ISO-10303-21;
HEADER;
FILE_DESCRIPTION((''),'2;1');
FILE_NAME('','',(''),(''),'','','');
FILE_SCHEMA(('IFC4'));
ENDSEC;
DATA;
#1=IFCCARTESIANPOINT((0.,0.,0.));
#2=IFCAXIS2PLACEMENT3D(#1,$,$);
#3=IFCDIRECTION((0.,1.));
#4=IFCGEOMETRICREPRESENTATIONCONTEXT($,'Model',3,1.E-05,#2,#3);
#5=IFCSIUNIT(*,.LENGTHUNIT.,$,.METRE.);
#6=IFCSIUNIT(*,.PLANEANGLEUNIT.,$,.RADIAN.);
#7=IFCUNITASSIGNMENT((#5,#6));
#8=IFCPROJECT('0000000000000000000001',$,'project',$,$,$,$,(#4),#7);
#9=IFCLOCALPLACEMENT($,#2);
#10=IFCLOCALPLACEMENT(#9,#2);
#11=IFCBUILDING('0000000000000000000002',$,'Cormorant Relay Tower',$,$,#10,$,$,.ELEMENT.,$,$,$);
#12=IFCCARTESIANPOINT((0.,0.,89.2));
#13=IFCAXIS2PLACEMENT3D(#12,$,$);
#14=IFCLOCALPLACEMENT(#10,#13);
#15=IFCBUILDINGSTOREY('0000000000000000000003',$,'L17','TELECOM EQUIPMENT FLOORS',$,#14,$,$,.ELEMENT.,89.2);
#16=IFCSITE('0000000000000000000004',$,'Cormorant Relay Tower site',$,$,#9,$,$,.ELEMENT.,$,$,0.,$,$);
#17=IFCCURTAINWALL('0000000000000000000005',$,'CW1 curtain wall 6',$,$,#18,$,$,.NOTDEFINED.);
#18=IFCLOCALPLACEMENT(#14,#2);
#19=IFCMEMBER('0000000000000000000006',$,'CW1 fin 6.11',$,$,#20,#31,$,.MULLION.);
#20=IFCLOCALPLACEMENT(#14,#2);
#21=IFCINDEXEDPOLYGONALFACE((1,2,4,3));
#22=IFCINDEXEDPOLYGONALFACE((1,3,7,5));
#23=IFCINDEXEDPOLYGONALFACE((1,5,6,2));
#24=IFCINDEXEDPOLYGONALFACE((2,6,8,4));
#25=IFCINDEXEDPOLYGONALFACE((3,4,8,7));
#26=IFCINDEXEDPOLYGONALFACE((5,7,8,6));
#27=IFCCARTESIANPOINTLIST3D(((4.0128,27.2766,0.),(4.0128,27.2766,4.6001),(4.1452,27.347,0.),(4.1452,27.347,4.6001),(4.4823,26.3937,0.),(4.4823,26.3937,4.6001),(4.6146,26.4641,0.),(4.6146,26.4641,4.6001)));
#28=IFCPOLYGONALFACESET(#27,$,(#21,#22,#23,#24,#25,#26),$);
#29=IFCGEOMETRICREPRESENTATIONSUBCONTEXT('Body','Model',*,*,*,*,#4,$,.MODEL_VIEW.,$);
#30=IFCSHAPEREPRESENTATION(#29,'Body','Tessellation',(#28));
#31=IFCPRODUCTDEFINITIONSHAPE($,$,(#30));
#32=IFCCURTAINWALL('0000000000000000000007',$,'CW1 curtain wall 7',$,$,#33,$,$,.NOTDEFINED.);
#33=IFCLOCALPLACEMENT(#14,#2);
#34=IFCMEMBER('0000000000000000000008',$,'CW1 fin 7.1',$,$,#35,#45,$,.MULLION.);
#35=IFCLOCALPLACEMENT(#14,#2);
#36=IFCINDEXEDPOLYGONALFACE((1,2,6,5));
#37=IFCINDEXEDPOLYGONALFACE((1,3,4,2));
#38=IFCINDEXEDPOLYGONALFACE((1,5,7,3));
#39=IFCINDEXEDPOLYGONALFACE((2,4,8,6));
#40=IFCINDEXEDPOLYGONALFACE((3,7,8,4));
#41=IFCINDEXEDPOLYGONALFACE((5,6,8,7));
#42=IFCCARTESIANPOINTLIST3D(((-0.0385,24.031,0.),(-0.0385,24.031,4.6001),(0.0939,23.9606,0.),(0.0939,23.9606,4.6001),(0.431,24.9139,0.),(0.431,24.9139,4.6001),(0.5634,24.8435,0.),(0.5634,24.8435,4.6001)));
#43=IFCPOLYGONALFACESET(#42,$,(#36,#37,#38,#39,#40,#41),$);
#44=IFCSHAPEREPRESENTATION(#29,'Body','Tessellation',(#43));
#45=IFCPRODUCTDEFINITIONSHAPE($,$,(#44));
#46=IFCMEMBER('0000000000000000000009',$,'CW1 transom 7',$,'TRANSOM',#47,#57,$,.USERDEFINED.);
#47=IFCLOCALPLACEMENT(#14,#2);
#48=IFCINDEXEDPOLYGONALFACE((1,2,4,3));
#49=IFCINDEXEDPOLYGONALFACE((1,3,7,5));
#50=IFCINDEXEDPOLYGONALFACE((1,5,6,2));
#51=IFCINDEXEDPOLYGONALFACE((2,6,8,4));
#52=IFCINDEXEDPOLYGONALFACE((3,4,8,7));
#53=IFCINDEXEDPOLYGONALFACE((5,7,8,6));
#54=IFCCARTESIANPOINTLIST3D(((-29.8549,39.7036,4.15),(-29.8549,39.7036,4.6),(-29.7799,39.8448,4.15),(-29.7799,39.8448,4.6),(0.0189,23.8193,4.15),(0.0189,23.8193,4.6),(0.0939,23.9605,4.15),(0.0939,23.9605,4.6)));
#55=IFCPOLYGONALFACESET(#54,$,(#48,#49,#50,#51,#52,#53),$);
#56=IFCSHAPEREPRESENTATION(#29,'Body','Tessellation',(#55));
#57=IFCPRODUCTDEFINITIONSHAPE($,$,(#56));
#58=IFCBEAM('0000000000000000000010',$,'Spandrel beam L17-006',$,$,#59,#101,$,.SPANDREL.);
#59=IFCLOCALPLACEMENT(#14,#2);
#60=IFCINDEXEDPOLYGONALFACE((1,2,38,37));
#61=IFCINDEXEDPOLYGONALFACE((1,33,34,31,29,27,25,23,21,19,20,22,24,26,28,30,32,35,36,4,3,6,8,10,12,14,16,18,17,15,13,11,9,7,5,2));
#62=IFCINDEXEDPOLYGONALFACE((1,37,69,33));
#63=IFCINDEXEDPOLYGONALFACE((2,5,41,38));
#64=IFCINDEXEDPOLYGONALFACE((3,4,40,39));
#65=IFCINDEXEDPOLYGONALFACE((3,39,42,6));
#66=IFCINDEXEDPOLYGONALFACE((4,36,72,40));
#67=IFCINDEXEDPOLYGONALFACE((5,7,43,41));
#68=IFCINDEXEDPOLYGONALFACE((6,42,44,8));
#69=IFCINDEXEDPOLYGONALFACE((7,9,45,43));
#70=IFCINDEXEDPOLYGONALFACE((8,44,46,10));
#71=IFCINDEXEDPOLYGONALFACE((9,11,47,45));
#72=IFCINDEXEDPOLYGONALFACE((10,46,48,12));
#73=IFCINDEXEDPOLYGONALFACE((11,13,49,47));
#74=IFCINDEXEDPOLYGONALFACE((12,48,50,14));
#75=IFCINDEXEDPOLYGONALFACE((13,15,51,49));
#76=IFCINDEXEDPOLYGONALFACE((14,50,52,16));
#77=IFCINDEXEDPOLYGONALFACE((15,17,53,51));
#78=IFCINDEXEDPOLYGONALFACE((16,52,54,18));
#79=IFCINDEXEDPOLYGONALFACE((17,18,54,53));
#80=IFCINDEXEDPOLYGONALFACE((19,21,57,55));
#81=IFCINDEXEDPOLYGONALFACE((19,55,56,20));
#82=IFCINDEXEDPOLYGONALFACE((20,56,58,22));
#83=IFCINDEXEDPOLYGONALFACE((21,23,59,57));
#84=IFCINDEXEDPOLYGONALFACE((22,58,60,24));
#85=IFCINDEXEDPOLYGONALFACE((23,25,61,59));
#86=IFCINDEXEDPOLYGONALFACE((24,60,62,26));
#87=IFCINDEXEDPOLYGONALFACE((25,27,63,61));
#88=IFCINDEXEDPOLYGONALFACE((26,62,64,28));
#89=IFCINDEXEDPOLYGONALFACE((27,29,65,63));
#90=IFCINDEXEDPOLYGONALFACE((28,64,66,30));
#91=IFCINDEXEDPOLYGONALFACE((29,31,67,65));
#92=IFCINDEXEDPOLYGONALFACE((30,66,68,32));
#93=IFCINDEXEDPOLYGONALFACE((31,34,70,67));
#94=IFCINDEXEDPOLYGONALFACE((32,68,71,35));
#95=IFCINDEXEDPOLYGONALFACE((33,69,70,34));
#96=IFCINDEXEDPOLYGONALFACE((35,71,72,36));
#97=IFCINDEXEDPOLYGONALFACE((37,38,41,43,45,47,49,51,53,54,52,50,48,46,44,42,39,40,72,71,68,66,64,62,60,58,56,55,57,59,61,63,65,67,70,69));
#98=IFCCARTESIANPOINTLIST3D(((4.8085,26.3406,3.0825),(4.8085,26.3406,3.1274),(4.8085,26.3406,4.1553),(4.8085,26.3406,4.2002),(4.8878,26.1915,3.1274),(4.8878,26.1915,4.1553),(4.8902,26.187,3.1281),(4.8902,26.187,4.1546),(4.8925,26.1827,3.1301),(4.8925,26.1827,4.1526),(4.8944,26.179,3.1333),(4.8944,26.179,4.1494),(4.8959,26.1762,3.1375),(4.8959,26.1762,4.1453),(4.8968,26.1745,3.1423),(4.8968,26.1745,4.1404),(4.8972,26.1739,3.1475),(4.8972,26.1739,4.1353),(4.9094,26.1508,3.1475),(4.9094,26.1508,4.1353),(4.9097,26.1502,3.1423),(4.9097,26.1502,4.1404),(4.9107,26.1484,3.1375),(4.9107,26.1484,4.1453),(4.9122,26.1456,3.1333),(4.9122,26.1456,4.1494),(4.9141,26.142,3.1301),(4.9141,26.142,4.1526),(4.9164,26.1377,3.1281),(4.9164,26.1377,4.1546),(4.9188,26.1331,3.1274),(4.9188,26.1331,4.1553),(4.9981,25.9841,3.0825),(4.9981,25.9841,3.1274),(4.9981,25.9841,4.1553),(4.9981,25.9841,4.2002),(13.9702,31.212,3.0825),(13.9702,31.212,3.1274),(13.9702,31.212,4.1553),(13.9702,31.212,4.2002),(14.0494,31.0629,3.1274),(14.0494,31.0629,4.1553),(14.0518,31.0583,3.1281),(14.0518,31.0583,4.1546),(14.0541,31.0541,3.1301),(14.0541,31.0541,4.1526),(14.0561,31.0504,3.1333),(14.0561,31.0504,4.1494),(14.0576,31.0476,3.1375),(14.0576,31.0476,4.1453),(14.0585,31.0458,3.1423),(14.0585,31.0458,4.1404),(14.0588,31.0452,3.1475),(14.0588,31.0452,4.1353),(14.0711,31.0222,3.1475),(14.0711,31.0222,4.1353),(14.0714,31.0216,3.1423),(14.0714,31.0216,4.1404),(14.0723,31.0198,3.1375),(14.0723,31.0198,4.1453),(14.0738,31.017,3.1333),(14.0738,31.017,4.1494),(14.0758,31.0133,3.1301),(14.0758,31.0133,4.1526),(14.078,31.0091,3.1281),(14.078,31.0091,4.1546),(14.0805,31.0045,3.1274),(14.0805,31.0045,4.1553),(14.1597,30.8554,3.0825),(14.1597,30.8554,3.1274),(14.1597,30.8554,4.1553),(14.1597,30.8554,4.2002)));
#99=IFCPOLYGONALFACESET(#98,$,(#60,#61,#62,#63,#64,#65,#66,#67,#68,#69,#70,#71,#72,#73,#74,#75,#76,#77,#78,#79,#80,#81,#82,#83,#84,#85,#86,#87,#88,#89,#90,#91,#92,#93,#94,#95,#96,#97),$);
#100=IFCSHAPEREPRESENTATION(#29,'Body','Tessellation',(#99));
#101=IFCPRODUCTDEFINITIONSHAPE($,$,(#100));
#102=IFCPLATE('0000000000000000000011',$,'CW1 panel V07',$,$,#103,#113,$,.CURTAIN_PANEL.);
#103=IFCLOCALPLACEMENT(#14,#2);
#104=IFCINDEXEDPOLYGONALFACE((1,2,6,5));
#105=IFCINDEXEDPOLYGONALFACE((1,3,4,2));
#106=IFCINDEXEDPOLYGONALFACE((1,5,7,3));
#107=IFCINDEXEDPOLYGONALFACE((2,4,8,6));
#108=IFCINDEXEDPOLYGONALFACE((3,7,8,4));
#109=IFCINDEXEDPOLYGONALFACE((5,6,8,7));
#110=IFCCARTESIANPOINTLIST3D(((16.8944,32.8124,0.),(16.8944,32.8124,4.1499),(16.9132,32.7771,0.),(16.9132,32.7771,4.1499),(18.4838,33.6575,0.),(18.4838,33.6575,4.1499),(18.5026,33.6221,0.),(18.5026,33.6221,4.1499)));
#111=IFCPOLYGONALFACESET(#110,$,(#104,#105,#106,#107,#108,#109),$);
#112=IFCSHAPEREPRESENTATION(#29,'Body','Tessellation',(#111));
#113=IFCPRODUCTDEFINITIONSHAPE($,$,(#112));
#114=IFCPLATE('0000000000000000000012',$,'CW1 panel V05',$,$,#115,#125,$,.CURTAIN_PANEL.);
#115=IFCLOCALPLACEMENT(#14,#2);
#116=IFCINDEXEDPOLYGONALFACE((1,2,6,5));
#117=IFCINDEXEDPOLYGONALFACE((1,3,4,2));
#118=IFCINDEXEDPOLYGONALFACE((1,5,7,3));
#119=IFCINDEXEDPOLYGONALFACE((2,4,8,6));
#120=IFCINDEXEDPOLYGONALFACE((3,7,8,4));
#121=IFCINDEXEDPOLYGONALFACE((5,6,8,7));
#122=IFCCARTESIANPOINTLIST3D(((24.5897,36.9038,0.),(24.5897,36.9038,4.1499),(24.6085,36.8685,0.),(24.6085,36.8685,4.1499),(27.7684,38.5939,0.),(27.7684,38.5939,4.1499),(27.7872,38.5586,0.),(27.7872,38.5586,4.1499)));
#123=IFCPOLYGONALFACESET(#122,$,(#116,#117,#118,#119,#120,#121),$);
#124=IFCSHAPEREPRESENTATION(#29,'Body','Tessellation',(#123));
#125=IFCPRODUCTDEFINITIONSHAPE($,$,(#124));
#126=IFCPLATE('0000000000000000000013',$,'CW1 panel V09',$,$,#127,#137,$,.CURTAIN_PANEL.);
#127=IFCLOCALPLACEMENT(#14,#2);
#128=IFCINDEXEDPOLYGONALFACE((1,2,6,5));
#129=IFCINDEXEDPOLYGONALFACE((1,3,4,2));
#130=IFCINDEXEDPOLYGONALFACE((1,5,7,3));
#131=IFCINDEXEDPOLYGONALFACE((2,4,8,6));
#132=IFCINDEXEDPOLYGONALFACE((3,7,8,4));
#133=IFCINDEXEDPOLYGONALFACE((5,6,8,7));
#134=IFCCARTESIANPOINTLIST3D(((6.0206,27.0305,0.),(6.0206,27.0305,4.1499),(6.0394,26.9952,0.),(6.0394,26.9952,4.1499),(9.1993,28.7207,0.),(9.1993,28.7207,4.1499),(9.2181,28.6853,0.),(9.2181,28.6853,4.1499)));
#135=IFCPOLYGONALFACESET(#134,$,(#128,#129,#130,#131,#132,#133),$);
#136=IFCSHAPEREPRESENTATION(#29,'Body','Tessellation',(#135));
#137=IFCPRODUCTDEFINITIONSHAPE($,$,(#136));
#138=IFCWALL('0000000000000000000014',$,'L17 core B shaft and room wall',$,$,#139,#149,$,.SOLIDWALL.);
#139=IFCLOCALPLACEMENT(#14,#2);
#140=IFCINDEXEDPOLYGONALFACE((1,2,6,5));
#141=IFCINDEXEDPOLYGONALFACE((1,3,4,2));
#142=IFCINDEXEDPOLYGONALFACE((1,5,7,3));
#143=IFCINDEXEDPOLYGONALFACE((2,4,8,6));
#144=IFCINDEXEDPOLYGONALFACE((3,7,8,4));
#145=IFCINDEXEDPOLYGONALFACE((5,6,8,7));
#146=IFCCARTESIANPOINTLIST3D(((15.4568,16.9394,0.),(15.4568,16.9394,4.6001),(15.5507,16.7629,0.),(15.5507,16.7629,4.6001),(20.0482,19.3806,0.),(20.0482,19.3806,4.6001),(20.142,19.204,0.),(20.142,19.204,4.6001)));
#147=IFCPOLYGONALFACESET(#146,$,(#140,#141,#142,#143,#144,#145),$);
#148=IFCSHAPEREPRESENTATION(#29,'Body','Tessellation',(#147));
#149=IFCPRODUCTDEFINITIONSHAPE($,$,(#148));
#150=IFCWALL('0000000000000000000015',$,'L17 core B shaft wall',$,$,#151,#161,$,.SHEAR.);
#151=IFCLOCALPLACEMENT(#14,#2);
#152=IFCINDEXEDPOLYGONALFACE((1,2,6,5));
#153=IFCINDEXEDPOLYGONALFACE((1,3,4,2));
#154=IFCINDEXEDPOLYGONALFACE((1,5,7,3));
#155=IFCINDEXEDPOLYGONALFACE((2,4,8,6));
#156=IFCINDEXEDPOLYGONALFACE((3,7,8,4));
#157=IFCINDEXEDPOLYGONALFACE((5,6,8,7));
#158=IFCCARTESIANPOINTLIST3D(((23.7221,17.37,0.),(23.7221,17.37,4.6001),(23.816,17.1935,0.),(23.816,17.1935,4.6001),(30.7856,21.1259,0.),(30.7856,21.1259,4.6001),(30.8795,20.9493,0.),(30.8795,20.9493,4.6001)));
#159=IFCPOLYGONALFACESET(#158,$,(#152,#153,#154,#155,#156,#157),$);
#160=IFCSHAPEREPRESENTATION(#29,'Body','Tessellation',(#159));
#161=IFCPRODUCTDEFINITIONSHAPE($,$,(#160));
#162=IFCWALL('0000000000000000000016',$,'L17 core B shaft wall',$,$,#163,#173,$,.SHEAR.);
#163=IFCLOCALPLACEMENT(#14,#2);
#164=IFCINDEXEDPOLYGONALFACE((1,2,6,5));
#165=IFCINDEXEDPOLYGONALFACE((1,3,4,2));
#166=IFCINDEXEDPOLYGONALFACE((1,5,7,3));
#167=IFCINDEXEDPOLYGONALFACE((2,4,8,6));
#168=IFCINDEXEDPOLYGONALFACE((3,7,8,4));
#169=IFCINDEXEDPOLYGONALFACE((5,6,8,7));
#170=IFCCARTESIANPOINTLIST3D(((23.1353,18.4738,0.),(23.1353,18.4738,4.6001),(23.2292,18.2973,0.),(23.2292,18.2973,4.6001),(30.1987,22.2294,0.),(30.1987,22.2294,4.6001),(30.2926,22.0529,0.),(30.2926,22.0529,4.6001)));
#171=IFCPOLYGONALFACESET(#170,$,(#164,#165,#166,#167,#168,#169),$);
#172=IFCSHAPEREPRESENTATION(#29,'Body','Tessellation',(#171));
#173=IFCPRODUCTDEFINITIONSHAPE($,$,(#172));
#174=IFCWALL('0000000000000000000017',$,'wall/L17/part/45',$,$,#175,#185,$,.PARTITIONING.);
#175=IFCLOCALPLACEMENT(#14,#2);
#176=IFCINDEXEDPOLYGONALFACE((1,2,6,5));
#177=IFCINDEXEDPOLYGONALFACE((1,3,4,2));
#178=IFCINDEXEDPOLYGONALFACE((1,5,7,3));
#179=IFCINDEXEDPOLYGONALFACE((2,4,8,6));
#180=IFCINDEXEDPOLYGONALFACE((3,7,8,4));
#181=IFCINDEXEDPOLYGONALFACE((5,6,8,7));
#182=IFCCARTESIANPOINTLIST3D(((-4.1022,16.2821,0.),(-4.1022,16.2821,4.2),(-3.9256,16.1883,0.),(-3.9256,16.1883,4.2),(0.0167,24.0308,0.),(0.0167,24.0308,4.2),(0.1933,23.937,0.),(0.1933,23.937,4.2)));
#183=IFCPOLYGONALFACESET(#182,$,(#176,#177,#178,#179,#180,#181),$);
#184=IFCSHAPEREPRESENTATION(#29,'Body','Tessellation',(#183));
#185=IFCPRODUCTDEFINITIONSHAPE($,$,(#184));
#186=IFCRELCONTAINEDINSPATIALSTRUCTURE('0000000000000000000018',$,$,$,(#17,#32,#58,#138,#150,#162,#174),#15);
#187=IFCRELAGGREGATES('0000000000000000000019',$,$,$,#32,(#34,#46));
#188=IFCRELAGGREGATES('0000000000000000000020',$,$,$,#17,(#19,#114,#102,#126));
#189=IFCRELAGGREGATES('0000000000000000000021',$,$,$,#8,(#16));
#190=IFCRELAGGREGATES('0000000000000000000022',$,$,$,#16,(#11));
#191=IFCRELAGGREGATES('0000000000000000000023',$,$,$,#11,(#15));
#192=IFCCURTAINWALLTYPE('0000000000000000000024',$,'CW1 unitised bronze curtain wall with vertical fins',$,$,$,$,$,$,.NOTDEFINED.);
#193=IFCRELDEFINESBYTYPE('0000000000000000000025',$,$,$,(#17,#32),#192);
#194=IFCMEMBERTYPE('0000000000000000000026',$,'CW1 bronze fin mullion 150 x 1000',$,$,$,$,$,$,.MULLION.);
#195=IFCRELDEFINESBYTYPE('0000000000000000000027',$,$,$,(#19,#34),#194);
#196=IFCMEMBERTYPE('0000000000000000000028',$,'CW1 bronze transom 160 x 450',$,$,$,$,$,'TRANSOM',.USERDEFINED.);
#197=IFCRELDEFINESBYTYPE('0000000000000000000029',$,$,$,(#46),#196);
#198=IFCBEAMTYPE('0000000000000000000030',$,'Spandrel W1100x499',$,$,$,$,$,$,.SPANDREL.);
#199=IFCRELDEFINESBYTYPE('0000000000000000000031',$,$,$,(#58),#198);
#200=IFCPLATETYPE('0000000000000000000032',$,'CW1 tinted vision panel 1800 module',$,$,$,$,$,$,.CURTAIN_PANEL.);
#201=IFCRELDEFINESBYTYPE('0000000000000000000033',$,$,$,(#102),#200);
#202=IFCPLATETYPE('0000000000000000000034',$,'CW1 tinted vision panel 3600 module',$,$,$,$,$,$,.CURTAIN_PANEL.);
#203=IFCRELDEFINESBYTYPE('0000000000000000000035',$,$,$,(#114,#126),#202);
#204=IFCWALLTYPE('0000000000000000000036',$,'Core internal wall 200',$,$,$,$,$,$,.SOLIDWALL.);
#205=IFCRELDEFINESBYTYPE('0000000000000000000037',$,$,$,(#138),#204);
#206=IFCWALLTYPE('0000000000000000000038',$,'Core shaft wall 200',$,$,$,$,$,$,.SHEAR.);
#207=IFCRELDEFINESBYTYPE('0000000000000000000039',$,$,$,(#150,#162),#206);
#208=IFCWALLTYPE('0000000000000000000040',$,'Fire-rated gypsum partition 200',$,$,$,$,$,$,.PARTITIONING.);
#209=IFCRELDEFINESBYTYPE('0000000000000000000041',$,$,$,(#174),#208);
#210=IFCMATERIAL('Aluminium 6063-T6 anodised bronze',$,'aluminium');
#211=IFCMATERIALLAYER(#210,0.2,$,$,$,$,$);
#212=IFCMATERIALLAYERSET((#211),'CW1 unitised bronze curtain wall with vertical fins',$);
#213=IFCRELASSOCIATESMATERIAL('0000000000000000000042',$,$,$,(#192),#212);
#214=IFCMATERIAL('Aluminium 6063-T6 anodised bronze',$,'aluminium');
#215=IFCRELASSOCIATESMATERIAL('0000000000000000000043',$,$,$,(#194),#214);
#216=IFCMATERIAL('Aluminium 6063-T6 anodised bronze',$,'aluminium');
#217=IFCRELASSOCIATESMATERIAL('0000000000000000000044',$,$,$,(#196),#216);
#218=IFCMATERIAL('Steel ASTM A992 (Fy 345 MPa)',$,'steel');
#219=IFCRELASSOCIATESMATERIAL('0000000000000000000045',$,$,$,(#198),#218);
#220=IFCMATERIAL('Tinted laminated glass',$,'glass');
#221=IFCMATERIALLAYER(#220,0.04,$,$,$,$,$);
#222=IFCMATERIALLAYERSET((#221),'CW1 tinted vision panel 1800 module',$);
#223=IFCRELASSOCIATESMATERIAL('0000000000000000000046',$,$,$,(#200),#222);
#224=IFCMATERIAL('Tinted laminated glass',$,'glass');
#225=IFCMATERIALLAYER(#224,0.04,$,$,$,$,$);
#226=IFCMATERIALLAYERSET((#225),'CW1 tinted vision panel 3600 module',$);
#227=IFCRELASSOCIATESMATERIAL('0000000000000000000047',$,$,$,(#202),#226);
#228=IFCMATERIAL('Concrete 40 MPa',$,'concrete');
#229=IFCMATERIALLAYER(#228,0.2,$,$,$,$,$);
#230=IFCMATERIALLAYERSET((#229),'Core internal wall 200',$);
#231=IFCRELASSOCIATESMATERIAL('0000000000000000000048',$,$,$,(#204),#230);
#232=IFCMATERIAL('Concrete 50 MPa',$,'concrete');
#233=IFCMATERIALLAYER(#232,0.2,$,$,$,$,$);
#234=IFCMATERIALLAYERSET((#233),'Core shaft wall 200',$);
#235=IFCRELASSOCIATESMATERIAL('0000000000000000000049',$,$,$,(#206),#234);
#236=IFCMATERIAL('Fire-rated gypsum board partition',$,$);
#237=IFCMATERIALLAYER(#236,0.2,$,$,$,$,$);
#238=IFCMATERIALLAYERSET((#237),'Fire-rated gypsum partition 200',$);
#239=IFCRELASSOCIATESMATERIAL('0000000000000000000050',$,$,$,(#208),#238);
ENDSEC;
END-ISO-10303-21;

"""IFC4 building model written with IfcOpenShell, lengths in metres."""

from ifc_helpers import new_model, si_unit, direction, frame, frame_2d, origin, origin_2d, place, context, subcontext, project, spatial, rectangle, i_section, extrude, material, layer, layer_set, material_profile, profile_set, type_object, element, aggregate, save


model = new_model("IFC4")

# Units and contexts
model_context = context("Model", 3, precision=1e-05, world=origin(), true_north=direction((0.0, 1.0)))
body_context = subcontext(model_context, "Body", "Model", "MODEL_VIEW")
ifc_project = project(units=[si_unit("LENGTHUNIT", "METRE"), si_unit("PLANEANGLEUNIT", "RADIAN")], contexts=[model_context])

# Site, building, storey
site_placement = place(None, origin())
site = spatial("IfcSite", under=ifc_project, at=site_placement, Name="Cormorant Relay Tower site", CompositionType="ELEMENT", RefElevation=0.0)
building_placement = place(site_placement, origin())
building = spatial("IfcBuilding", under=site, at=building_placement, Name="Cormorant Relay Tower", CompositionType="ELEMENT")
storey_placement = place(building_placement, frame((0.0, 0.0, 89.2)))
storey = spatial("IfcBuildingStorey", under=building, at=storey_placement, Name="L17", Description="TELECOM EQUIPMENT FLOORS", CompositionType="ELEMENT", Elevation=89.2)

# Curtain walls, members
ifc_material_1 = material(Name="Aluminium 6063-T6 anodised bronze", Category="aluminium")
ifc_layer_1 = layer(ifc_material_1, 0.2)
ifc_layer_set_1 = layer_set([ifc_layer_1], Name="CW1 unitised bronze curtain wall with vertical fins")
curtain_wall_type = type_object("IfcCurtainWallType", Name="CW1 unitised bronze curtain wall with vertical fins", PredefinedType="NOTDEFINED", material=ifc_layer_set_1)
curtain_wall_1_placement = place(storey_placement, origin())
curtain_wall_1 = element("IfcCurtainWall", 1, at=curtain_wall_1_placement, inside=storey, type_object=curtain_wall_type, Name="CW1 curtain wall 6", PredefinedType="NOTDEFINED")
ifc_material_2 = material(Name="Aluminium 6063-T6 anodised bronze", Category="aluminium")
ifc_material_profile_1 = material_profile(ifc_material_2, rectangle(XDim=0.1499, YDim=1.0, at=origin_2d()), Name="AL 150x1000")
ifc_profile_set_1 = profile_set([ifc_material_profile_1], Name="Aluminium 6063-T6 anodised bronze")
member_type_1 = type_object("IfcMemberType", Name="CW1 bronze fin mullion 150 x 1000", PredefinedType="MULLION", material=ifc_profile_set_1)
member_1_placement = place(storey_placement, frame((4.3137, 26.8704, 0.0), z_axis=(0.0, 0.0, 1.0), x_axis=(-0.882948, -0.469472, 0.0)))
member_1 = element("IfcMember", 2, at=member_1_placement, type_object=member_type_1, Name="CW1 fin 6.11", PredefinedType="MULLION", context=body_context, shape_type="SweptSolid", body=[
    extrude(rectangle(XDim=0.1499, YDim=1.0, at=origin_2d()), origin(), (0.0, 0.0, 1.0), 4.6001),
])
curtain_wall_2_placement = place(storey_placement, origin())
curtain_wall_2 = element("IfcCurtainWall", 3, at=curtain_wall_2_placement, inside=storey, type_object=curtain_wall_type, Name="CW1 curtain wall 7", PredefinedType="NOTDEFINED")
member_2_placement = place(storey_placement, frame((0.2625, 24.4373, 0.0), z_axis=(0.0, 0.0, 1.0), x_axis=(-0.882948, 0.469472, 0.0)))
member_2 = element("IfcMember", 4, at=member_2_placement, type_object=member_type_1, Name="CW1 fin 7.1", PredefinedType="MULLION", context=body_context, shape_type="SweptSolid", body=[
    extrude(rectangle(XDim=0.1499, YDim=1.0, at=origin_2d()), origin(), (0.0, 0.0, 1.0), 4.6001),
])
ifc_material_3 = material(Name="Aluminium 6063-T6 anodised bronze", Category="aluminium")
ifc_material_profile_2 = material_profile(ifc_material_3, rectangle(XDim=0.1599, YDim=0.45, at=origin_2d()), Name="AL 160x450")
ifc_profile_set_2 = profile_set([ifc_material_profile_2], Name="Aluminium 6063-T6 anodised bronze")
member_type_2 = type_object("IfcMemberType", Name="CW1 bronze transom 160 x 450", ElementType="TRANSOM", PredefinedType="USERDEFINED", material=ifc_profile_set_2)
member_3_placement = place(storey_placement, frame((0.0564, 23.8899, 4.375), z_axis=(-0.882946, 0.469474, 0.0), x_axis=(-0.469474, -0.882946, 0.0)))
member_3 = element("IfcMember", 5, at=member_3_placement, type_object=member_type_2, Name="CW1 transom 7", ObjectType="TRANSOM", PredefinedType="USERDEFINED", context=body_context, shape_type="SweptSolid", body=[
    extrude(rectangle(XDim=0.1599, YDim=0.45, at=origin_2d()), origin(), (0.0, 0.0, 1.0), 33.8342),
])
aggregate(curtain_wall_2, [member_2, member_3])

# Beam
ifc_material_4 = material(Name="Steel ASTM A992 (Fy 345 MPa)", Category="steel")
ifc_material_profile_3 = material_profile(ifc_material_4, i_section(OverallWidth=0.4038, OverallDepth=1.1177, WebThickness=0.0261, FlangeThickness=0.0449, FilletRadius=0.02, at=origin_2d()), Name="W1100x499")
ifc_profile_set_3 = profile_set([ifc_material_profile_3], Name="Steel ASTM A992 (Fy 345 MPa)")
beam_type = type_object("IfcBeamType", Name="Spandrel W1100x499", PredefinedType="SPANDREL", material=ifc_profile_set_3)
beam_placement = place(storey_placement, frame((14.0649, 31.0337, 3.6414), z_axis=(-0.882947, -0.469473, 0.0), x_axis=(0.469473, -0.882947, 0.0)))
element("IfcBeam", 6, at=beam_placement, inside=storey, type_object=beam_type, Name="Spandrel beam L17-006", PredefinedType="SPANDREL", context=body_context, shape_type="SweptSolid", body=[
    extrude(i_section(OverallWidth=0.4038, OverallDepth=1.1177, WebThickness=0.0261, FlangeThickness=0.0449, FilletRadius=0.02, at=origin_2d()), origin(), (0.0, 0.0, 1.0), 10.3762),
])

# Plates
ifc_material_5 = material(Name="Tinted laminated glass", Category="glass")
ifc_layer_2 = layer(ifc_material_5, 0.04)
ifc_layer_set_2 = layer_set([ifc_layer_2], Name="CW1 tinted vision panel 1800 module")
plate_type_1 = type_object("IfcPlateType", Name="CW1 tinted vision panel 1800 module", PredefinedType="CURTAIN_PANEL", material=ifc_layer_set_2)
plate_1_placement = place(storey_placement, frame((17.6985, 33.2173, 0.0), z_axis=(0.0, 0.0, 1.0), x_axis=(-0.882948, -0.469472, 0.0)))
plate_1 = element("IfcPlate", 7, at=plate_1_placement, type_object=plate_type_1, Name="CW1 panel V07", PredefinedType="CURTAIN_PANEL", context=body_context, shape_type="SweptSolid", body=[
    extrude(rectangle(XDim=1.8, YDim=0.04, at=origin_2d()), origin(), (0.0, 0.0, 1.0), 4.1499),
])
ifc_material_6 = material(Name="Tinted laminated glass", Category="glass")
ifc_layer_3 = layer(ifc_material_6, 0.04)
ifc_layer_set_3 = layer_set([ifc_layer_3], Name="CW1 tinted vision panel 3600 module")
plate_type_2 = type_object("IfcPlateType", Name="CW1 tinted vision panel 3600 module", PredefinedType="CURTAIN_PANEL", material=ifc_layer_set_3)
plate_2_placement = place(storey_placement, frame((26.1885, 37.7312, 0.0), z_axis=(0.0, 0.0, 1.0), x_axis=(-0.882948, -0.469472, 0.0)))
plate_2 = element("IfcPlate", 8, at=plate_2_placement, type_object=plate_type_2, Name="CW1 panel V05", PredefinedType="CURTAIN_PANEL", context=body_context, shape_type="SweptSolid", body=[
    extrude(rectangle(XDim=3.6001, YDim=0.04, at=origin_2d()), origin(), (0.0, 0.0, 1.0), 4.1499),
])
plate_3_placement = place(storey_placement, frame((7.6194, 27.8579, 0.0), z_axis=(0.0, 0.0, 1.0), x_axis=(-0.882948, -0.469472, 0.0)))
plate_3 = element("IfcPlate", 9, at=plate_3_placement, type_object=plate_type_2, Name="CW1 panel V09", PredefinedType="CURTAIN_PANEL", context=body_context, shape_type="SweptSolid", body=[
    extrude(rectangle(XDim=3.6001, YDim=0.04, at=origin_2d()), origin(), (0.0, 0.0, 1.0), 4.1499),
])

# Walls
ifc_material_7 = material(Name="Concrete 40 MPa", Category="concrete")
ifc_layer_4 = layer(ifc_material_7, 0.2)
ifc_layer_set_4 = layer_set([ifc_layer_4], Name="Core internal wall 200")
wall_type_1 = type_object("IfcWallType", Name="Core internal wall 200", PredefinedType="SOLIDWALL", material=ifc_layer_set_4)
wall_1_placement = place(storey_placement, frame((15.5037, 16.8511, 0.0), z_axis=(0.0, 0.0, 1.0), x_axis=(0.882954, 0.46946, 0.0)))
element("IfcWall", 10, at=wall_1_placement, inside=storey, type_object=wall_type_1, Name="L17 core B shaft and room wall", PredefinedType="SOLIDWALL", context=body_context, shape_type="SweptSolid", body=[
    extrude(rectangle(XDim=5.2, YDim=0.2, at=frame_2d((2.6001, 0.0))), origin(), (0.0, 0.0, 1.0), 4.6001),
])
ifc_material_8 = material(Name="Concrete 50 MPa", Category="concrete")
ifc_layer_5 = layer(ifc_material_8, 0.2)
ifc_layer_set_5 = layer_set([ifc_layer_5], Name="Core shaft wall 200")
wall_type_2 = type_object("IfcWallType", Name="Core shaft wall 200", PredefinedType="SHEAR", material=ifc_layer_set_5)
wall_2_placement = place(storey_placement, frame((23.769, 17.2817, 0.0), z_axis=(0.0, 0.0, 1.0), x_axis=(0.88294, 0.469485, 0.0)))
element("IfcWall", 11, at=wall_2_placement, inside=storey, type_object=wall_type_2, Name="L17 core B shaft wall", PredefinedType="SHEAR", context=body_context, shape_type="SweptSolid", body=[
    extrude(rectangle(XDim=8.0, YDim=0.2, at=frame_2d((4.0, 0.0))), origin(), (0.0, 0.0, 1.0), 4.6001),
])
wall_3_placement = place(storey_placement, frame((23.1821, 18.3855, 0.0), z_axis=(0.0, 0.0, 1.0), x_axis=(0.882953, 0.469462, 0.0)))
element("IfcWall", 12, at=wall_3_placement, inside=storey, type_object=wall_type_2, Name="L17 core B shaft wall", PredefinedType="SHEAR", context=body_context, shape_type="SweptSolid", body=[
    extrude(rectangle(XDim=7.9998, YDim=0.2, at=frame_2d((4.0, 0.0))), origin(), (0.0, 0.0, 1.0), 4.6001),
])
ifc_material_9 = material(Name="Fire-rated gypsum board partition")
ifc_layer_6 = layer(ifc_material_9, 0.2)
ifc_layer_set_6 = layer_set([ifc_layer_6], Name="Fire-rated gypsum partition 200")
wall_type_3 = type_object("IfcWallType", Name="Fire-rated gypsum partition 200", PredefinedType="PARTITIONING", material=ifc_layer_set_6)
wall_4_placement = place(storey_placement, frame((0.105, 23.9839, 0.0), z_axis=(0.0, 0.0, 1.0), x_axis=(-0.469365, -0.883004, 0.0)))
element("IfcWall", 13, at=wall_4_placement, inside=storey, type_object=wall_type_3, Name="wall/L17/part/45", PredefinedType="PARTITIONING", context=body_context, shape_type="SweptSolid", body=[
    extrude(rectangle(XDim=8.7754, YDim=0.2, at=frame_2d((4.3877, 0.0))), origin(), (0.0, 0.0, 1.0), 4.2),
])

aggregate(curtain_wall_1, [member_1, plate_2, plate_1, plate_3])

save(model, "model.ifc")
